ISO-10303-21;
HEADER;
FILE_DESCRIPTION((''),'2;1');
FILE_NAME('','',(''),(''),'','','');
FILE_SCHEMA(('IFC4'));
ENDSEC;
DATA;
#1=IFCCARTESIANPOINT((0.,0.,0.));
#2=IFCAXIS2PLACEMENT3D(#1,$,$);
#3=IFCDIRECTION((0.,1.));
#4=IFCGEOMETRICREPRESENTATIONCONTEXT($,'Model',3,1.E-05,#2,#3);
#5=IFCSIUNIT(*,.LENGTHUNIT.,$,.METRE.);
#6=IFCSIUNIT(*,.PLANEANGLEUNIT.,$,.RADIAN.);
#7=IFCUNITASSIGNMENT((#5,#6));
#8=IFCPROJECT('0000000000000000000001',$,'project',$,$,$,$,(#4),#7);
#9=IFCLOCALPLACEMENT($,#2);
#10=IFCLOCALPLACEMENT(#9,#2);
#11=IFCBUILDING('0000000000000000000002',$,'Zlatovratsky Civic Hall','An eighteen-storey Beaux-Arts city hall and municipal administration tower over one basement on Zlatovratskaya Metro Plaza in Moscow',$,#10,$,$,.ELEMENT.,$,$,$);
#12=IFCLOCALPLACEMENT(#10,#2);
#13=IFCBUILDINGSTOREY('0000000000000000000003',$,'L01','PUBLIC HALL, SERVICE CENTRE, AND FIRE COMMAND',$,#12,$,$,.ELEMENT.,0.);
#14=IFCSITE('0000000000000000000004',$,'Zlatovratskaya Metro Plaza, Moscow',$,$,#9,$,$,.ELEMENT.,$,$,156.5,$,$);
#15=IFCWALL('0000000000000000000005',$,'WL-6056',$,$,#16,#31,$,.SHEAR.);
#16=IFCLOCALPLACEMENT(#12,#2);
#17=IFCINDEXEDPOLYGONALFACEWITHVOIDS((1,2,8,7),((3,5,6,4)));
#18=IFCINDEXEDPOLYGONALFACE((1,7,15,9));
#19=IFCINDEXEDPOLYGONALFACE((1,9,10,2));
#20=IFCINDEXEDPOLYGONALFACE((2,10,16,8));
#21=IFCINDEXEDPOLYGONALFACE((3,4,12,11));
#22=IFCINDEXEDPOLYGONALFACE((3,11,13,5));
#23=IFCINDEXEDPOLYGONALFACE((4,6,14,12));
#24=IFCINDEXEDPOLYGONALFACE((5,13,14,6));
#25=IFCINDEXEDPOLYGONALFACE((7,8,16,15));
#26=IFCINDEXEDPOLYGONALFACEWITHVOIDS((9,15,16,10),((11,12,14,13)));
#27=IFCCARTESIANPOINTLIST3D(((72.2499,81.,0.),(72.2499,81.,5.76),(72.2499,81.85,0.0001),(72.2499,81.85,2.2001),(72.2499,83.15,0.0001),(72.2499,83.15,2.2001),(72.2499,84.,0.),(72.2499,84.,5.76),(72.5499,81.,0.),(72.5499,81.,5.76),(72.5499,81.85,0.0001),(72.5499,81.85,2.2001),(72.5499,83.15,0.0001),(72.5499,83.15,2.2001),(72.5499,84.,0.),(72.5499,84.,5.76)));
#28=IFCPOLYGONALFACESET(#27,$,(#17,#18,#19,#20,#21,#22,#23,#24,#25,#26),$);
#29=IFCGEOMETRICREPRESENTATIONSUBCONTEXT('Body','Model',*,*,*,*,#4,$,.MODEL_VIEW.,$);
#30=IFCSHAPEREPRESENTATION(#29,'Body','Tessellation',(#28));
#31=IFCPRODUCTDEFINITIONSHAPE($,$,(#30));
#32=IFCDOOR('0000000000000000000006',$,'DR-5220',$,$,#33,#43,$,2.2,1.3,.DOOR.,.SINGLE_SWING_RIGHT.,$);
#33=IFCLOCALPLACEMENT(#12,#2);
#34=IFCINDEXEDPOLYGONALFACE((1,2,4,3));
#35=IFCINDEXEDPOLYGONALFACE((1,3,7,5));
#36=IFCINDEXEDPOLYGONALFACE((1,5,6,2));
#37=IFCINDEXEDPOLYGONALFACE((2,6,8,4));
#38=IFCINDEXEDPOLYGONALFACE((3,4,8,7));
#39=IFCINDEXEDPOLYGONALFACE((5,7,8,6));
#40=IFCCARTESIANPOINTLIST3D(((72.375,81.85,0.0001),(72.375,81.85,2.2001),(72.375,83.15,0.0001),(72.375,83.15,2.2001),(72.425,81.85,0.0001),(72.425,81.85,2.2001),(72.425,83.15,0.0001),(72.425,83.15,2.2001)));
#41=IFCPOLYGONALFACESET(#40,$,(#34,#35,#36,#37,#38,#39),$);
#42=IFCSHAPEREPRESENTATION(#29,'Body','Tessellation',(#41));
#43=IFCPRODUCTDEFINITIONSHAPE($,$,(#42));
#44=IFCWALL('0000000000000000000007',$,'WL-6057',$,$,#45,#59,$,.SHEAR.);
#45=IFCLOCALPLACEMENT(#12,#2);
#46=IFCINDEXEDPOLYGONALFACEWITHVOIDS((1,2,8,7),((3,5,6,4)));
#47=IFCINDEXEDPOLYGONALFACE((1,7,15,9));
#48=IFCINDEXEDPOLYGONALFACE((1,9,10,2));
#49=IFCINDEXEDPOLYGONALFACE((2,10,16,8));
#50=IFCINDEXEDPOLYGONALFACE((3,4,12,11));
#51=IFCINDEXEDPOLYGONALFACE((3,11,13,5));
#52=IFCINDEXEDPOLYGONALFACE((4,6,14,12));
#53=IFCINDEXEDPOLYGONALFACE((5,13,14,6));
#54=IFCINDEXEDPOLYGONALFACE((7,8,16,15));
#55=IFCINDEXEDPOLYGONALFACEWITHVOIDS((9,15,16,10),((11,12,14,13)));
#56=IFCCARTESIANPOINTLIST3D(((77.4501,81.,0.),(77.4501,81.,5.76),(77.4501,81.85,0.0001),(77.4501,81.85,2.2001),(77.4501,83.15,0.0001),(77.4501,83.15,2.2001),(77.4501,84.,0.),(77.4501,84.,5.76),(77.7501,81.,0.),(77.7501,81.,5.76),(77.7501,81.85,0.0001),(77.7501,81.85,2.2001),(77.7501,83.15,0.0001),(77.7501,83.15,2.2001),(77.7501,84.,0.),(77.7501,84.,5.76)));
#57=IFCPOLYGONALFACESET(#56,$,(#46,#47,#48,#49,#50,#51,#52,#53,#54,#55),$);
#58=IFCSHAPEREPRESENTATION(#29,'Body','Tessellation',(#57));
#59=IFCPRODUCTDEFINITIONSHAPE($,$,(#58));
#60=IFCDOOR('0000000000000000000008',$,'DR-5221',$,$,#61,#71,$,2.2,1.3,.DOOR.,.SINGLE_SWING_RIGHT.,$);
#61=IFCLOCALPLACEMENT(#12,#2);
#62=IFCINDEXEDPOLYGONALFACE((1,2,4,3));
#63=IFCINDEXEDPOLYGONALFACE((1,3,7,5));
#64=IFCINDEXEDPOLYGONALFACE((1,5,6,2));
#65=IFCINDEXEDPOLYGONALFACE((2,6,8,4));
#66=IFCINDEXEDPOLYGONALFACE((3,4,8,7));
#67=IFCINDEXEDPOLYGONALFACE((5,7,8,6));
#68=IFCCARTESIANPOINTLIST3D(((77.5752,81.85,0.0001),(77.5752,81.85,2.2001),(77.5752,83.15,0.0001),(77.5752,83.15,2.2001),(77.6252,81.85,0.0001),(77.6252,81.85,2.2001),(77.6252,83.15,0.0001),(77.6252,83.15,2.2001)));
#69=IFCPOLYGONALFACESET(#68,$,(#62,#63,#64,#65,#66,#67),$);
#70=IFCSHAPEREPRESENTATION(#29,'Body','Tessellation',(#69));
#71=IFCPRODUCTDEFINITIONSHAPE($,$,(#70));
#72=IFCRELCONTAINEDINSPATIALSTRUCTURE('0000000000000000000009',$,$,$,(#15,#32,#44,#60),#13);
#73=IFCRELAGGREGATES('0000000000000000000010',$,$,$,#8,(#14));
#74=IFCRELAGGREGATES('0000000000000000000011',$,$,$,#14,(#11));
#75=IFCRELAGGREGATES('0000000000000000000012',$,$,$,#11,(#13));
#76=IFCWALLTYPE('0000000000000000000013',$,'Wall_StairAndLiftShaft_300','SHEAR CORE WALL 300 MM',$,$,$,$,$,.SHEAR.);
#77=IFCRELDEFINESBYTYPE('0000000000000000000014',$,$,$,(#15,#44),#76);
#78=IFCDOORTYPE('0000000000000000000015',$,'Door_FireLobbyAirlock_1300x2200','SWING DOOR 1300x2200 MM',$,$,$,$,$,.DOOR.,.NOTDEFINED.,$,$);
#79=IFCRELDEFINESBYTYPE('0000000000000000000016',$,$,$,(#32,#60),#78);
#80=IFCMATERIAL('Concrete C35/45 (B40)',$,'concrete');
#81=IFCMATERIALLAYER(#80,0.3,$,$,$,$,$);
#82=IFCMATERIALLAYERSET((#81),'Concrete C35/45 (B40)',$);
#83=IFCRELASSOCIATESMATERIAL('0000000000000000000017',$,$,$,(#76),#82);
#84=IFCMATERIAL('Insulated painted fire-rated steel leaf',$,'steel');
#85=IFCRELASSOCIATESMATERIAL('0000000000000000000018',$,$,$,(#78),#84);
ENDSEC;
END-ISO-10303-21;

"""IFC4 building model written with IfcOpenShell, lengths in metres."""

from ifc_helpers import new_model, si_unit, direction, frame, frame_2d, origin, place, context, subcontext, project, spatial, rectangle, extrude, material, layer, layer_set, type_object, element, fill, save


model = new_model("IFC4")

# Units and contexts
model_context = context("Model", 3, precision=1e-05, world=origin(), true_north=direction((0.0, 1.0)))
body_context = subcontext(model_context, "Body", "Model", "MODEL_VIEW")
ifc_project = project(units=[si_unit("LENGTHUNIT", "METRE"), si_unit("PLANEANGLEUNIT", "RADIAN")], contexts=[model_context])

# Site, building, storey
site_placement = place(None, origin())
site = spatial("IfcSite", under=ifc_project, at=site_placement, Name="Zlatovratskaya Metro Plaza, Moscow", CompositionType="ELEMENT", RefElevation=156.5)
building_placement = place(site_placement, origin())
building = spatial("IfcBuilding", under=site, at=building_placement, Name="Zlatovratsky Civic Hall", Description="An eighteen-storey Beaux-Arts city hall and municipal administration tower over one basement on Zlatovratskaya Metro Plaza in Moscow", CompositionType="ELEMENT")
storey_placement = place(building_placement, origin())
storey = spatial("IfcBuildingStorey", under=building, at=storey_placement, Name="L01", Description="PUBLIC HALL, SERVICE CENTRE, AND FIRE COMMAND", CompositionType="ELEMENT", Elevation=0.0)

# Shared definitions
ifc_material_1 = material(Name="Concrete C35/45 (B40)", Category="concrete")

# Shared definitions
ifc_layer = layer(ifc_material_1, 0.3)
ifc_layer_set = layer_set([ifc_layer], Name="Concrete C35/45 (B40)")
wall_type = type_object("IfcWallType", Name="Wall_StairAndLiftShaft_300", Description="SHEAR CORE WALL 300 MM", PredefinedType="SHEAR", material=ifc_layer_set)
ifc_material_2 = material(Name="Insulated painted fire-rated steel leaf", Category="steel")

# Walls, openings, doors
wall_1_placement = place(storey_placement, frame((72.3999, 81.0, 0.0), z_axis=(0.0, 0.0, 1.0), x_axis=(0.0, 1.0, 0.0)))
wall_1 = element("IfcWall", 1, at=wall_1_placement, inside=storey, type_object=wall_type, Name="WL-6056", PredefinedType="SHEAR", context=body_context, shape_type="SweptSolid", body=[
    extrude(rectangle(XDim=3.0, YDim=0.3, at=frame_2d((1.5, 0.0))), origin(), (0.0, 0.0, 1.0), 5.76),
])
opening_1_placement = place(wall_1_placement, frame((0.8501, 0.0, 0.0)))
opening_1 = element("IfcOpeningElement", 2, at=opening_1_placement, cuts=wall_1, PredefinedType="OPENING", context=body_context, shape_type="SweptSolid", body=[
    extrude(rectangle(XDim=1.3, YDim=2.2, at=frame_2d((0.6499, 1.1001))), frame((0.0, 0.165, 0.0), z_axis=(0.0, -1.0, 0.0), x_axis=(1.0, 0.0, 0.0)), (0.0, 0.0, 1.0), 0.3298),
])
door_type_1 = type_object("IfcDoorType", Name="Door_FireLobbyAirlock_1300x2200", Description="SWING DOOR 1300x2200 MM", OperationType="NOTDEFINED", PredefinedType="DOOR", material=ifc_material_2)
door_1_placement = place(opening_1_placement, origin())
door_1 = element("IfcDoor", 3, at=door_1_placement, inside=storey, type_object=door_type_1, Name="DR-5220", OperationType="SINGLE_SWING_RIGHT", OverallHeight=2.2, OverallWidth=1.3, PredefinedType="DOOR", context=body_context, shape_type="SweptSolid", body=[
    extrude(rectangle(XDim=1.3, YDim=2.2, at=frame_2d((0.6499, 1.1001))), frame((0.0, 0.0249, 0.0), z_axis=(0.0, -1.0, 0.0), x_axis=(1.0, 0.0, 0.0)), (0.0, 0.0, 1.0), 0.05),
])
fill(opening_1, door_1)
wall_2_placement = place(storey_placement, frame((77.6001, 81.0, 0.0), z_axis=(0.0, 0.0, 1.0), x_axis=(0.0, 1.0, 0.0)))
wall_2 = element("IfcWall", 4, at=wall_2_placement, inside=storey, type_object=wall_type, Name="WL-6057", PredefinedType="SHEAR", context=body_context, shape_type="SweptSolid", body=[
    extrude(rectangle(XDim=3.0, YDim=0.3, at=frame_2d((1.5, 0.0))), origin(), (0.0, 0.0, 1.0), 5.76),
])
opening_2_placement = place(wall_2_placement, frame((0.8501, 0.0, 0.0)))
opening_2 = element("IfcOpeningElement", 5, at=opening_2_placement, cuts=wall_2, PredefinedType="OPENING", context=body_context, shape_type="SweptSolid", body=[
    extrude(rectangle(XDim=1.3, YDim=2.2, at=frame_2d((0.6499, 1.1001))), frame((0.0, 0.165, 0.0), z_axis=(0.0, -1.0, 0.0), x_axis=(1.0, 0.0, 0.0)), (0.0, 0.0, 1.0), 0.3298),
])
door_2_placement = place(opening_2_placement, origin())
door_2 = element("IfcDoor", 6, at=door_2_placement, inside=storey, type_object=door_type_1, Name="DR-5221", OperationType="SINGLE_SWING_RIGHT", OverallHeight=2.2, OverallWidth=1.3, PredefinedType="DOOR", context=body_context, shape_type="SweptSolid", body=[
    extrude(rectangle(XDim=1.3, YDim=2.2, at=frame_2d((0.6499, 1.1001))), frame((0.0, 0.0249, 0.0), z_axis=(0.0, -1.0, 0.0), x_axis=(1.0, 0.0, 0.0)), (0.0, 0.0, 1.0), 0.05),
])
fill(opening_2, door_2)

save(model, "model.ifc")
